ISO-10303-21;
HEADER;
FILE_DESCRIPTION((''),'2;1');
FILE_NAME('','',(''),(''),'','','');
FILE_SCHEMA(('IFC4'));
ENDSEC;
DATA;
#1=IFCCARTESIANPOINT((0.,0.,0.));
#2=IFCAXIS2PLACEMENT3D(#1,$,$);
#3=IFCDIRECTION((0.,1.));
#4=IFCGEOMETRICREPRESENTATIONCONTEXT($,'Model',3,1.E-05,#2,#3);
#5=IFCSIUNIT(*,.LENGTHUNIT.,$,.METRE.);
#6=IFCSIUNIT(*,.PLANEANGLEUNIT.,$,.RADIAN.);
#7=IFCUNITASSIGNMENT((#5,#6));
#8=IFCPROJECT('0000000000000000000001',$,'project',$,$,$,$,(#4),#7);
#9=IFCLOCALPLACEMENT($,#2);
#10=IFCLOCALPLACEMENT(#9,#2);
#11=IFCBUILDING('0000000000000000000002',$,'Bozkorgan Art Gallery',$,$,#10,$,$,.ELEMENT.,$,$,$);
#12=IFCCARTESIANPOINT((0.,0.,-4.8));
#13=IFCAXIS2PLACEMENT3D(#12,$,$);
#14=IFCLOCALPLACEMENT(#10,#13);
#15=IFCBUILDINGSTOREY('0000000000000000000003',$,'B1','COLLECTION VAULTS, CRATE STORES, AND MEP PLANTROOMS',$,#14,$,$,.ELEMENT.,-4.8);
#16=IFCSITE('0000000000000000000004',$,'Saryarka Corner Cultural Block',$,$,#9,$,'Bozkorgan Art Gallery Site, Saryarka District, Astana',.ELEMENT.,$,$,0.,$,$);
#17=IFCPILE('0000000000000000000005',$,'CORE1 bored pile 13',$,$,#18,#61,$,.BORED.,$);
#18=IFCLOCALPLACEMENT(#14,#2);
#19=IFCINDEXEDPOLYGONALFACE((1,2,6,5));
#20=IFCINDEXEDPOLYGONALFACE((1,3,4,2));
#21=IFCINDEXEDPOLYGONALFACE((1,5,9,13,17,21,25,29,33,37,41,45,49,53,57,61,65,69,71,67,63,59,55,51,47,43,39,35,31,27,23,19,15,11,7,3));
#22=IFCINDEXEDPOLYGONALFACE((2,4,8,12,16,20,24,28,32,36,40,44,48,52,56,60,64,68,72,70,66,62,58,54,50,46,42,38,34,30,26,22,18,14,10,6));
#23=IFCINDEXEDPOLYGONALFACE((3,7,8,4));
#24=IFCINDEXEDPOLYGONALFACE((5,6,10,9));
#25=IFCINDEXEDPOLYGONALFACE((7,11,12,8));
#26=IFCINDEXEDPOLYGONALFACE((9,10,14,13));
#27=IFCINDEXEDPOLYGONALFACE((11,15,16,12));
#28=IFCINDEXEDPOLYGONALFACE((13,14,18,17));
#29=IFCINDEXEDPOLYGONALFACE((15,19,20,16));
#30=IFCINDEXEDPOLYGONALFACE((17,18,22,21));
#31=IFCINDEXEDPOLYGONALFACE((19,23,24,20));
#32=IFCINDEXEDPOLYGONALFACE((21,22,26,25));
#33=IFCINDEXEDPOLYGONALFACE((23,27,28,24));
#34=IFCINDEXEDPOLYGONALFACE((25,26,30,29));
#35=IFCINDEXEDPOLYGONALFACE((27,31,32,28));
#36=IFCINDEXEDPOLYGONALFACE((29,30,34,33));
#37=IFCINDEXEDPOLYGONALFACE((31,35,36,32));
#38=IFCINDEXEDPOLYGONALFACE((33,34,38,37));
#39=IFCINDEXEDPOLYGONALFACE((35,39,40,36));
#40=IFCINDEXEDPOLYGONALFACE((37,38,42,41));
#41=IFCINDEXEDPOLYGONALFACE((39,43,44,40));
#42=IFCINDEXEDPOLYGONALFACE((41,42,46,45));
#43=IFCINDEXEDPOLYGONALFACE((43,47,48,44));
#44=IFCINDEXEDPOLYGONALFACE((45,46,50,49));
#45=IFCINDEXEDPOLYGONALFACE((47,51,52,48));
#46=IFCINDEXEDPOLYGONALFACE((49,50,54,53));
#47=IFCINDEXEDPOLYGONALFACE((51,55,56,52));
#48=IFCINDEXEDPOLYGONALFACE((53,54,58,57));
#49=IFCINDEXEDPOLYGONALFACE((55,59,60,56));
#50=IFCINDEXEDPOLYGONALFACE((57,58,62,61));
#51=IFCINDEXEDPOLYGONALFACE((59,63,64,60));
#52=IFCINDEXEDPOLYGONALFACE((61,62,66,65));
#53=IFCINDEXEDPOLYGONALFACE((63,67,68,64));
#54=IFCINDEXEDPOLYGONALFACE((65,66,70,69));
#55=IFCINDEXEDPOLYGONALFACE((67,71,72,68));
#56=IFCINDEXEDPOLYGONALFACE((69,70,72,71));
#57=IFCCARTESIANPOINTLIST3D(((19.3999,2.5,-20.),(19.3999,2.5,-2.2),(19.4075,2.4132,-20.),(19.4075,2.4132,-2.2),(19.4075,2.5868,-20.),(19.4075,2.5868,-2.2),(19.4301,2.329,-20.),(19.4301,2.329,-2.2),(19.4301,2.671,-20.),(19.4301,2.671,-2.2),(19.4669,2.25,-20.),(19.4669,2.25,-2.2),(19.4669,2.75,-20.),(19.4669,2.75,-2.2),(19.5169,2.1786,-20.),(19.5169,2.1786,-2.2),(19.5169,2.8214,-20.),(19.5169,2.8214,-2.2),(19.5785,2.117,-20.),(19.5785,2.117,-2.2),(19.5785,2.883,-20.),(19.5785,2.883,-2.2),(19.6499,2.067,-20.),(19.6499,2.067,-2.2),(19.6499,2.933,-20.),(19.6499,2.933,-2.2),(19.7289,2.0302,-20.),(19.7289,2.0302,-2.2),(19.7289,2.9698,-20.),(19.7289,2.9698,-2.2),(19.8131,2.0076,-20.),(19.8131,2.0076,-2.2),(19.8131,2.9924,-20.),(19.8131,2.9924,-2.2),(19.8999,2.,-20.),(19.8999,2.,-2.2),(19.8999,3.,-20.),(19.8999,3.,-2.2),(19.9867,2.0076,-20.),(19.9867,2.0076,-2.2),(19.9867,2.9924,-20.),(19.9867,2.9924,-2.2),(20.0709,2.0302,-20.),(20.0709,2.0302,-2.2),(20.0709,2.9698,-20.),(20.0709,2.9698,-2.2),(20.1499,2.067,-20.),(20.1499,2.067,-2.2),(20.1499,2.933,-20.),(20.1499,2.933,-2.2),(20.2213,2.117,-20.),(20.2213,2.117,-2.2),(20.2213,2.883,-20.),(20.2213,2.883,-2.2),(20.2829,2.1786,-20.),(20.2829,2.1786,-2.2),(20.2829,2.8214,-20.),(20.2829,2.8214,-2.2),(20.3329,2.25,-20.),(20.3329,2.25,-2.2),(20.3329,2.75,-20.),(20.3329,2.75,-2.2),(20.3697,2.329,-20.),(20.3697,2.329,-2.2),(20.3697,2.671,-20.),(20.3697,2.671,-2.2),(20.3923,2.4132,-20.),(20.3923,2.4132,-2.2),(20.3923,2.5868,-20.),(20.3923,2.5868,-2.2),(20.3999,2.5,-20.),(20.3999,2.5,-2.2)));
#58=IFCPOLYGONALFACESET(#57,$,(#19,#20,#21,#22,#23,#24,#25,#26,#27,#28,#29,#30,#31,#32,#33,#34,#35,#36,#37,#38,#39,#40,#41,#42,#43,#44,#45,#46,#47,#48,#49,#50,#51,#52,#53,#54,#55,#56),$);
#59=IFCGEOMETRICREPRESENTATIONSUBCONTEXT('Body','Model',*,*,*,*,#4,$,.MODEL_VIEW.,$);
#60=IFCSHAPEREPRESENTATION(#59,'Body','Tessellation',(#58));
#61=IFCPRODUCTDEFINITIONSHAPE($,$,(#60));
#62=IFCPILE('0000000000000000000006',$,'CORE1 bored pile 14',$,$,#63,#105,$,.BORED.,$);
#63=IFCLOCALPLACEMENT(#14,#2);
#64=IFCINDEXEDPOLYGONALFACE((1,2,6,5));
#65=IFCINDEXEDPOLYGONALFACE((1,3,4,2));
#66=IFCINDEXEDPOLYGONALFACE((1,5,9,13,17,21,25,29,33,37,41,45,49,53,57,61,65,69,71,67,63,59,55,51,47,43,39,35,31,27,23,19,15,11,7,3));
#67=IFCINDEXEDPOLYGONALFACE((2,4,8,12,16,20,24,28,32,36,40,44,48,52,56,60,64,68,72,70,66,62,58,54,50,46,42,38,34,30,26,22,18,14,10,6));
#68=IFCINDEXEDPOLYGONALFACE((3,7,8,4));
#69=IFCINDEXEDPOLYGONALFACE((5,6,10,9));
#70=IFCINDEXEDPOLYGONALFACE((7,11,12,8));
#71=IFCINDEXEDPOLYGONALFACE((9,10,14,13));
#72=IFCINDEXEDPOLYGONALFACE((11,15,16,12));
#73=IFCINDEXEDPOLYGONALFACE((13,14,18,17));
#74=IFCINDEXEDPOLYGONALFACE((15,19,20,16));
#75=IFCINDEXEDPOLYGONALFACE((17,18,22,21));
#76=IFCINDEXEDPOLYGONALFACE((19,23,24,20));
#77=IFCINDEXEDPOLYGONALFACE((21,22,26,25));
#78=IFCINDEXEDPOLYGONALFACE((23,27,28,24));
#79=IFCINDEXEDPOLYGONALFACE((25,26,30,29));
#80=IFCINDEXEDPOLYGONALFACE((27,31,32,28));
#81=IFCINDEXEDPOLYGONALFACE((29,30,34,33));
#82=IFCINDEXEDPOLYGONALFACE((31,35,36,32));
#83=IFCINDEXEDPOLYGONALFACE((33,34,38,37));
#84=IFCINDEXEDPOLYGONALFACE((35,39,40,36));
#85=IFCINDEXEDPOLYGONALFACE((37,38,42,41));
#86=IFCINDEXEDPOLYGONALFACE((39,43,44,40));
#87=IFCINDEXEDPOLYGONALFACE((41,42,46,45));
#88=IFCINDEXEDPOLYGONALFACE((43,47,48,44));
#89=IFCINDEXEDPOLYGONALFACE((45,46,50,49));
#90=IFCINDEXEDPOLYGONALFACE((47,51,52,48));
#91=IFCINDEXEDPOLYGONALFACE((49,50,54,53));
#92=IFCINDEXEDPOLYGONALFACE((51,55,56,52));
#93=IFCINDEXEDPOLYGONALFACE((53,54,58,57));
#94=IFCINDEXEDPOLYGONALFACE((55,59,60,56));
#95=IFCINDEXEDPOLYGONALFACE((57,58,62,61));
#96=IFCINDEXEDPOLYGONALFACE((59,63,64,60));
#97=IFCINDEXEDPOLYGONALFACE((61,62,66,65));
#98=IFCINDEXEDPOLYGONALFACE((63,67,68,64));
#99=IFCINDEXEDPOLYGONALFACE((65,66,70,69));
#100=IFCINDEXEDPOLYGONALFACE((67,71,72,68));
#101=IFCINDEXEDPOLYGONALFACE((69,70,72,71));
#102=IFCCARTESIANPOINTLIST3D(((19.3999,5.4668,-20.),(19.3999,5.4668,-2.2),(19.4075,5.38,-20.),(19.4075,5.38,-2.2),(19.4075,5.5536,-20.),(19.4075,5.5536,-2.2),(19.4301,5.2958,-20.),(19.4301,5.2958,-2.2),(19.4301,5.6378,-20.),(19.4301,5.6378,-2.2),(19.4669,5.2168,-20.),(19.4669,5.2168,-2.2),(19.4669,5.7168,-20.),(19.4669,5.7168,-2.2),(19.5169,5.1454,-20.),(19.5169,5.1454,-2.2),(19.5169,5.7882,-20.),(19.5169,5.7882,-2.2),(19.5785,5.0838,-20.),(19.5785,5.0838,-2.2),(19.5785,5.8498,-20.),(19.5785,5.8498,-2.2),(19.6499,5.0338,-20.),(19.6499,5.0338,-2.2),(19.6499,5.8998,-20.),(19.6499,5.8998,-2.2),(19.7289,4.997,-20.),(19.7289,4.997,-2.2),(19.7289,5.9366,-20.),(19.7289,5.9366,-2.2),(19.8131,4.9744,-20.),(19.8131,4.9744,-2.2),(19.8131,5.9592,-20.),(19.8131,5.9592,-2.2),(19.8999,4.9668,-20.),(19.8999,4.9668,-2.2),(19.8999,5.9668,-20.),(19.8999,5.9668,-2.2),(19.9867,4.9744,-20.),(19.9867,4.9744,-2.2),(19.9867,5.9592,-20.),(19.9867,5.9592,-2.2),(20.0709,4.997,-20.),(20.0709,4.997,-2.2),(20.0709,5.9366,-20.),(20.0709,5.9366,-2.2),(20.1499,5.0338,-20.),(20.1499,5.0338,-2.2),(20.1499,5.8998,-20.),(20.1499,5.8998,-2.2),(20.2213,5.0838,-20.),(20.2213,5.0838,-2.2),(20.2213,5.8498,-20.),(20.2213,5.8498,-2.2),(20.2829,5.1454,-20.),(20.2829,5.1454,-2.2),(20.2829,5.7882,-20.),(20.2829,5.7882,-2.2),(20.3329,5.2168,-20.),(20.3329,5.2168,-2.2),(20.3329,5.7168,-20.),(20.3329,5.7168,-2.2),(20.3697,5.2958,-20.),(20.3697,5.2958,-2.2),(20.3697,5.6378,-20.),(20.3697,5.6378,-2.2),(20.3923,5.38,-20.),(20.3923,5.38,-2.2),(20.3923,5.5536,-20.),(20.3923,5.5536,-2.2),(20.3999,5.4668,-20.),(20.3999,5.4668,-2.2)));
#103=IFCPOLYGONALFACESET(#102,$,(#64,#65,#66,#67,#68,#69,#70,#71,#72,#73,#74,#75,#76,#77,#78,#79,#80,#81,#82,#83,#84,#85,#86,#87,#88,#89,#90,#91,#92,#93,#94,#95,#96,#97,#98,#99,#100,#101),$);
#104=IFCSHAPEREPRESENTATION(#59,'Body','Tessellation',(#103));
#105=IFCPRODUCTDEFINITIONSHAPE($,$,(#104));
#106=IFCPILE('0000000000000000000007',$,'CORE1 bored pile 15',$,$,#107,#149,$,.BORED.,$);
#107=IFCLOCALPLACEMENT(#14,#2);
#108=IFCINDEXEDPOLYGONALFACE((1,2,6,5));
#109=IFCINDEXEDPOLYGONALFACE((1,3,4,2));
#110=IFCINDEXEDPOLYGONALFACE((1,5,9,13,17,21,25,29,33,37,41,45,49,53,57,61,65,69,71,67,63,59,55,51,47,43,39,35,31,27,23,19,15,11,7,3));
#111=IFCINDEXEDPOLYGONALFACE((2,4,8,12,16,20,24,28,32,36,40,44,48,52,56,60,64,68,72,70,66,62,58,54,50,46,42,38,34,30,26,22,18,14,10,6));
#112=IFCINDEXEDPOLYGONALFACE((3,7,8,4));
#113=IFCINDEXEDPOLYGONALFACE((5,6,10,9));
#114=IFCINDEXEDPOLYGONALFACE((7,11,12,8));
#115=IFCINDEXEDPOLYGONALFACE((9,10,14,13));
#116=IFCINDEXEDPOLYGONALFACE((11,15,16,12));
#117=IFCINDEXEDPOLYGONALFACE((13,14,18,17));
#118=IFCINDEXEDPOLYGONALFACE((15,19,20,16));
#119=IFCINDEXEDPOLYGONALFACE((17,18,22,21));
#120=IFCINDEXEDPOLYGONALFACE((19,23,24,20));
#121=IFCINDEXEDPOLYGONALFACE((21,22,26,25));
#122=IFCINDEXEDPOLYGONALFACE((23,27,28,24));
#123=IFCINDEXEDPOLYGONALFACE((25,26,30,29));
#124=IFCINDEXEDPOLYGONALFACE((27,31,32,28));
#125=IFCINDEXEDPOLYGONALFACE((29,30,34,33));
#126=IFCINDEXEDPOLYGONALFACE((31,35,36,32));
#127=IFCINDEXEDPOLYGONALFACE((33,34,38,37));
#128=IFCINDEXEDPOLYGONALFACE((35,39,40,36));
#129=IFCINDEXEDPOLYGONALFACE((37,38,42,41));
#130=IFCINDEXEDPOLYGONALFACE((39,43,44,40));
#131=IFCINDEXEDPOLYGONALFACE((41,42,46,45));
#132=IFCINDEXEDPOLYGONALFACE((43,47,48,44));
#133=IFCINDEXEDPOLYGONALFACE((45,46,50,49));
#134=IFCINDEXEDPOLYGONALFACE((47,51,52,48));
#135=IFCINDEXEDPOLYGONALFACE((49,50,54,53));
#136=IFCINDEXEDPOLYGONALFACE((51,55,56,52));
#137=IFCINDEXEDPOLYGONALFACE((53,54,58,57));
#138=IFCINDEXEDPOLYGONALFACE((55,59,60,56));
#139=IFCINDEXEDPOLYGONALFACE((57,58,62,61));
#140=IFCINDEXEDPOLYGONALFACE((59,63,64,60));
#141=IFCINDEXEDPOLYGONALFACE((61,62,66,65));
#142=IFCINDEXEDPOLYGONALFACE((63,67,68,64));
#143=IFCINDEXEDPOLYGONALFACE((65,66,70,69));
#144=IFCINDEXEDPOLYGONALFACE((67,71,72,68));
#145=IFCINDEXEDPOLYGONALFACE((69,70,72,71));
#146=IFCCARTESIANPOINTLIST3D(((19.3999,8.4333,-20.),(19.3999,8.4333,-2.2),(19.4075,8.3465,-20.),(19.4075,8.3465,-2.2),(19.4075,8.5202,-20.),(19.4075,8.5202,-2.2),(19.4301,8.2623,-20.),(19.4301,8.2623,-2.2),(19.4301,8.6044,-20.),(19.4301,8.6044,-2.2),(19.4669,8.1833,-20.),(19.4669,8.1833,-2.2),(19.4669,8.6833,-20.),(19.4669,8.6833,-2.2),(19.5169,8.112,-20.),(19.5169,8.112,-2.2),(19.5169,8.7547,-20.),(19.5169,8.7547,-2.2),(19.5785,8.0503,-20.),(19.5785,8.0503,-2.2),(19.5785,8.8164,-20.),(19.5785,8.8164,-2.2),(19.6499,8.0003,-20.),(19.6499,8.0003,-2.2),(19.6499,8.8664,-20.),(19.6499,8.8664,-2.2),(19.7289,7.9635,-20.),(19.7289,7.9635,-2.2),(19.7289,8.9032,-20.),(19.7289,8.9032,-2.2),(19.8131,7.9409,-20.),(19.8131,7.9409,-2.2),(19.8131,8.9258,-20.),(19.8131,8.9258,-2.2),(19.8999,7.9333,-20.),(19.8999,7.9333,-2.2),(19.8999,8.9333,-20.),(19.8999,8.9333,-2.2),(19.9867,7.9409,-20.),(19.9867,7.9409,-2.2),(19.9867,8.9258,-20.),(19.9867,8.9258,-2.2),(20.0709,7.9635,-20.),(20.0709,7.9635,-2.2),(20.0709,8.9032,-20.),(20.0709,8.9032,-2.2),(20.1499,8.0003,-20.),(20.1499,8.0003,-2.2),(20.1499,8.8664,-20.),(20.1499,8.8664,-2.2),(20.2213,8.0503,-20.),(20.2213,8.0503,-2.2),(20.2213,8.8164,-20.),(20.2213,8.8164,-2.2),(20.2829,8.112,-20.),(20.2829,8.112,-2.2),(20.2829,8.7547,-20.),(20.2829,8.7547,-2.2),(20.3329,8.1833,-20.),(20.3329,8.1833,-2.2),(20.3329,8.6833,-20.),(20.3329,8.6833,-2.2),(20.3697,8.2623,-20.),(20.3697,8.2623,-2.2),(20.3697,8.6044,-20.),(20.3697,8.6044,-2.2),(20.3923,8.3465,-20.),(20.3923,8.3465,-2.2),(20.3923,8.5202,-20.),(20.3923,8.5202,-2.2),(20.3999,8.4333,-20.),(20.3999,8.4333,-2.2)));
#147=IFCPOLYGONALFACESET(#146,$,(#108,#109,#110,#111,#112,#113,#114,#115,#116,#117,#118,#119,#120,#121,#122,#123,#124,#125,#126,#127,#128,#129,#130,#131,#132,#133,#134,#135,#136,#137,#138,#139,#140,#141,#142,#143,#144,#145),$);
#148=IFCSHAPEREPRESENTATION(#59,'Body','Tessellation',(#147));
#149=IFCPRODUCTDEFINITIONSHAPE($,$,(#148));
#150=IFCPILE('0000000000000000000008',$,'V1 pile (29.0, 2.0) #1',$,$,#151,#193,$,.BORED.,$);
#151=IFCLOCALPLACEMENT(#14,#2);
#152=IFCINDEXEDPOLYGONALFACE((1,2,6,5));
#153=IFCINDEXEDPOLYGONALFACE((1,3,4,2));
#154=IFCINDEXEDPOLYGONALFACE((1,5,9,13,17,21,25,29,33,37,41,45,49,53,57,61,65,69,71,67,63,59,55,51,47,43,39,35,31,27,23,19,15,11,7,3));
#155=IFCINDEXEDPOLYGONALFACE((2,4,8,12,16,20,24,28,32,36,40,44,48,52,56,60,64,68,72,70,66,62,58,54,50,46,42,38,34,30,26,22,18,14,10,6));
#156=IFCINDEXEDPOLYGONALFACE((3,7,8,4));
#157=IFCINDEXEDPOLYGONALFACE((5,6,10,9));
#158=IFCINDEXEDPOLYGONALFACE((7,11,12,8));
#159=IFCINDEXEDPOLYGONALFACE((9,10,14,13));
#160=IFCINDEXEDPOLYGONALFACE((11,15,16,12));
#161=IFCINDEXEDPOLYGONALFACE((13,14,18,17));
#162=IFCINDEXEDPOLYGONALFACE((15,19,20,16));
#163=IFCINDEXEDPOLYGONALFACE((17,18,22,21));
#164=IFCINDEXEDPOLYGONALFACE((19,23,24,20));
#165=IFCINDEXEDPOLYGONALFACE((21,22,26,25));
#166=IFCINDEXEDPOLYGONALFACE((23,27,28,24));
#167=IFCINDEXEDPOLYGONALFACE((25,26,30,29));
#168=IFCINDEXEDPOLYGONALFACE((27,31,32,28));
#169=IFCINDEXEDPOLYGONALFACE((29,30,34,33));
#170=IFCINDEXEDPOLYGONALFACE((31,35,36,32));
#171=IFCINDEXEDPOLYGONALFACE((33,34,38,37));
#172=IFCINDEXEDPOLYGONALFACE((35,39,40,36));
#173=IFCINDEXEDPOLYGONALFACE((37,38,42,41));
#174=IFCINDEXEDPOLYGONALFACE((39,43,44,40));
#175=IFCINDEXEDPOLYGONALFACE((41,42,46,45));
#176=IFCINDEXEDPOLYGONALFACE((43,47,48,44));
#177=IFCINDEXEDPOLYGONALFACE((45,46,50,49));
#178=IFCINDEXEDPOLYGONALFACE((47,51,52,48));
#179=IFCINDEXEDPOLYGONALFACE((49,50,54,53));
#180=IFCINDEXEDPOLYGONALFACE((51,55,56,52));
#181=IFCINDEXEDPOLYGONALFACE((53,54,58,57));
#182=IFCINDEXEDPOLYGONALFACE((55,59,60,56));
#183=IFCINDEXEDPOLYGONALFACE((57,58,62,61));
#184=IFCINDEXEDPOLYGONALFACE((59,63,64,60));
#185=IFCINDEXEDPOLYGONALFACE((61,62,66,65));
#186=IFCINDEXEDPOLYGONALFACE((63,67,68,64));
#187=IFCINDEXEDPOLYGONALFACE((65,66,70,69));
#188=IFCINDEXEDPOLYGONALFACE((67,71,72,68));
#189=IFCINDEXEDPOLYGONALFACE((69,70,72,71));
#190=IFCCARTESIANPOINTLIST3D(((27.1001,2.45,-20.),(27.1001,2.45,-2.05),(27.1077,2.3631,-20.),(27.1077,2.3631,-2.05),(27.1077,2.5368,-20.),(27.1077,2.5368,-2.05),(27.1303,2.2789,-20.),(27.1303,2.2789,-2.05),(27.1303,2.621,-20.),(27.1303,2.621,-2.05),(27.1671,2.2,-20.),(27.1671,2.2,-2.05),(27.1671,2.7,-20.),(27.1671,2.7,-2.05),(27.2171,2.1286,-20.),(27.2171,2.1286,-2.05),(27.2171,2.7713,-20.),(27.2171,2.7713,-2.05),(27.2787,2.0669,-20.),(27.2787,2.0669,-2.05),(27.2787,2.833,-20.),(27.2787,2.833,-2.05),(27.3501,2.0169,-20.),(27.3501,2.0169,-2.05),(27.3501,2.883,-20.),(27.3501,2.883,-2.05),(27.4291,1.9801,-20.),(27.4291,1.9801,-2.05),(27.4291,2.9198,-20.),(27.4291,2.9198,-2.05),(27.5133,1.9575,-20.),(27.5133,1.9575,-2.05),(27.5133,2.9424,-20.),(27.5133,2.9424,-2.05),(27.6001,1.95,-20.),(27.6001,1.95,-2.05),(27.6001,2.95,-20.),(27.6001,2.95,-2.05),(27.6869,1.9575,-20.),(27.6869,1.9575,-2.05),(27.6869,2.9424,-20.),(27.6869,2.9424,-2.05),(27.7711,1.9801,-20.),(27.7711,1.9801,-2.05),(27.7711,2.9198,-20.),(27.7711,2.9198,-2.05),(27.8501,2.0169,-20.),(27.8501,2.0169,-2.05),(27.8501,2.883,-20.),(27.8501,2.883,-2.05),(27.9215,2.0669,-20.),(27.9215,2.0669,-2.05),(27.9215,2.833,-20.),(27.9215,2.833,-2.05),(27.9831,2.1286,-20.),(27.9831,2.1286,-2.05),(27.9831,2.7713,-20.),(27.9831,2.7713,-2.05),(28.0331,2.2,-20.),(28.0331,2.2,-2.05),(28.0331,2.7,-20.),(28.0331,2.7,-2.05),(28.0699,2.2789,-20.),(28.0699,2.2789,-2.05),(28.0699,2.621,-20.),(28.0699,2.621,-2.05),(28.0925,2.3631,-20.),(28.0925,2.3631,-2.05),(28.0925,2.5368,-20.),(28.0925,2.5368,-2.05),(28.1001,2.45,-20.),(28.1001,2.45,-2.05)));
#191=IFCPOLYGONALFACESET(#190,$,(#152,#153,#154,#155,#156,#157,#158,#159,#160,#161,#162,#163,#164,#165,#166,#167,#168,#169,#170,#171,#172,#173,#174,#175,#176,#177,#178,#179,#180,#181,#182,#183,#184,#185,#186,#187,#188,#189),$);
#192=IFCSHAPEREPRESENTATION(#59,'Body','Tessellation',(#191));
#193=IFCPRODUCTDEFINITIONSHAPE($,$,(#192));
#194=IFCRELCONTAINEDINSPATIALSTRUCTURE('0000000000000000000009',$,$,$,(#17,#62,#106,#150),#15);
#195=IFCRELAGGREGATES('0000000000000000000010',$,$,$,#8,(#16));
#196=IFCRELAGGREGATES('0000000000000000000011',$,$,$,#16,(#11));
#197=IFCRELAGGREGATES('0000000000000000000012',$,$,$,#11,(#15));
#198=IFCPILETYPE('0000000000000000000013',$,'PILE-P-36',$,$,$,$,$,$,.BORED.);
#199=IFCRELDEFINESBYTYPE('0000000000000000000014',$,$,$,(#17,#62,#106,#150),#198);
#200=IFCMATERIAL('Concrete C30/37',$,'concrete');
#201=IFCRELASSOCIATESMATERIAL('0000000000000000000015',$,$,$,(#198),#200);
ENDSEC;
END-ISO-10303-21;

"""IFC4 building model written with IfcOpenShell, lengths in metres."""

from ifc_helpers import new_model, si_unit, direction, frame, origin, origin_2d, place, context, subcontext, project, spatial, circle, extrude, material, material_profile, profile_set, type_object, element, save


model = new_model("IFC4")

# Units and contexts
model_context = context("Model", 3, precision=1e-05, world=origin(), true_north=direction((0.0, 1.0)))
body_context = subcontext(model_context, "Body", "Model", "MODEL_VIEW")
ifc_project = project(units=[si_unit("LENGTHUNIT", "METRE"), si_unit("PLANEANGLEUNIT", "RADIAN")], contexts=[model_context])

# Site, building, storey
site_placement = place(None, origin())
site = spatial("IfcSite", under=ifc_project, at=site_placement, Name="Saryarka Corner Cultural Block", LongName="Bozkorgan Art Gallery Site, Saryarka District, Astana", CompositionType="ELEMENT", RefElevation=0.0)
building_placement = place(site_placement, origin())
building = spatial("IfcBuilding", under=site, at=building_placement, Name="Bozkorgan Art Gallery", CompositionType="ELEMENT")
storey_placement = place(building_placement, frame((0.0, 0.0, -4.8)))
storey = spatial("IfcBuildingStorey", under=building, at=storey_placement, Name="B1", Description="COLLECTION VAULTS, CRATE STORES, AND MEP PLANTROOMS", CompositionType="ELEMENT", Elevation=-4.8)

# Shared definitions
ifc_material_1 = material(Name="Concrete C30/37", Category="concrete")

# Piles
ifc_material_profile_1 = material_profile(ifc_material_1, circle(Radius=0.5, at=origin_2d()), Name="PILE D1000")
ifc_profile_set_1 = profile_set([ifc_material_profile_1], Name="Concrete C30/37")
pile_type = type_object("IfcPileType", Name="PILE-P-36", PredefinedType="BORED", material=ifc_profile_set_1)
for number, where, z_axis, x_axis, name in (
    (1, (19.8999, 2.5, -2.2), (0.0, 0.0, -1.0), (1.0, 0.0, 0.0), "CORE1 bored pile 13"),
    (2, (19.8999, 5.4668, -2.2), (0.0, 0.0, -1.0), (1.0, 0.0, 0.0), "CORE1 bored pile 14"),
    (3, (19.8999, 8.4333, -2.2), (0.0, 0.0, -1.0), (1.0, 0.0, 0.0), "CORE1 bored pile 15"),
):
    element("IfcPile", number, at=place(storey_placement, frame(where, z_axis=z_axis, x_axis=x_axis)), inside=storey, type_object=pile_type, Name=name, PredefinedType="BORED", context=body_context, shape_type="SweptSolid", body=[
        extrude(circle(Radius=0.5, at=origin_2d()), origin(), (0.0, 0.0, 1.0), 17.8),
    ])
for number, where, z_axis, x_axis, name in (
    (4, (27.6001, 2.45, -2.05), (0.0, 0.0, -1.0), (1.0, 0.0, 0.0), "V1 pile (29.0, 2.0) #1"),
):
    element("IfcPile", number, at=place(storey_placement, frame(where, z_axis=z_axis, x_axis=x_axis)), inside=storey, type_object=pile_type, Name=name, PredefinedType="BORED", context=body_context, shape_type="SweptSolid", body=[
        extrude(circle(Radius=0.5, at=origin_2d()), origin(), (0.0, 0.0, 1.0), 17.95),
    ])

save(model, "model.ifc")
